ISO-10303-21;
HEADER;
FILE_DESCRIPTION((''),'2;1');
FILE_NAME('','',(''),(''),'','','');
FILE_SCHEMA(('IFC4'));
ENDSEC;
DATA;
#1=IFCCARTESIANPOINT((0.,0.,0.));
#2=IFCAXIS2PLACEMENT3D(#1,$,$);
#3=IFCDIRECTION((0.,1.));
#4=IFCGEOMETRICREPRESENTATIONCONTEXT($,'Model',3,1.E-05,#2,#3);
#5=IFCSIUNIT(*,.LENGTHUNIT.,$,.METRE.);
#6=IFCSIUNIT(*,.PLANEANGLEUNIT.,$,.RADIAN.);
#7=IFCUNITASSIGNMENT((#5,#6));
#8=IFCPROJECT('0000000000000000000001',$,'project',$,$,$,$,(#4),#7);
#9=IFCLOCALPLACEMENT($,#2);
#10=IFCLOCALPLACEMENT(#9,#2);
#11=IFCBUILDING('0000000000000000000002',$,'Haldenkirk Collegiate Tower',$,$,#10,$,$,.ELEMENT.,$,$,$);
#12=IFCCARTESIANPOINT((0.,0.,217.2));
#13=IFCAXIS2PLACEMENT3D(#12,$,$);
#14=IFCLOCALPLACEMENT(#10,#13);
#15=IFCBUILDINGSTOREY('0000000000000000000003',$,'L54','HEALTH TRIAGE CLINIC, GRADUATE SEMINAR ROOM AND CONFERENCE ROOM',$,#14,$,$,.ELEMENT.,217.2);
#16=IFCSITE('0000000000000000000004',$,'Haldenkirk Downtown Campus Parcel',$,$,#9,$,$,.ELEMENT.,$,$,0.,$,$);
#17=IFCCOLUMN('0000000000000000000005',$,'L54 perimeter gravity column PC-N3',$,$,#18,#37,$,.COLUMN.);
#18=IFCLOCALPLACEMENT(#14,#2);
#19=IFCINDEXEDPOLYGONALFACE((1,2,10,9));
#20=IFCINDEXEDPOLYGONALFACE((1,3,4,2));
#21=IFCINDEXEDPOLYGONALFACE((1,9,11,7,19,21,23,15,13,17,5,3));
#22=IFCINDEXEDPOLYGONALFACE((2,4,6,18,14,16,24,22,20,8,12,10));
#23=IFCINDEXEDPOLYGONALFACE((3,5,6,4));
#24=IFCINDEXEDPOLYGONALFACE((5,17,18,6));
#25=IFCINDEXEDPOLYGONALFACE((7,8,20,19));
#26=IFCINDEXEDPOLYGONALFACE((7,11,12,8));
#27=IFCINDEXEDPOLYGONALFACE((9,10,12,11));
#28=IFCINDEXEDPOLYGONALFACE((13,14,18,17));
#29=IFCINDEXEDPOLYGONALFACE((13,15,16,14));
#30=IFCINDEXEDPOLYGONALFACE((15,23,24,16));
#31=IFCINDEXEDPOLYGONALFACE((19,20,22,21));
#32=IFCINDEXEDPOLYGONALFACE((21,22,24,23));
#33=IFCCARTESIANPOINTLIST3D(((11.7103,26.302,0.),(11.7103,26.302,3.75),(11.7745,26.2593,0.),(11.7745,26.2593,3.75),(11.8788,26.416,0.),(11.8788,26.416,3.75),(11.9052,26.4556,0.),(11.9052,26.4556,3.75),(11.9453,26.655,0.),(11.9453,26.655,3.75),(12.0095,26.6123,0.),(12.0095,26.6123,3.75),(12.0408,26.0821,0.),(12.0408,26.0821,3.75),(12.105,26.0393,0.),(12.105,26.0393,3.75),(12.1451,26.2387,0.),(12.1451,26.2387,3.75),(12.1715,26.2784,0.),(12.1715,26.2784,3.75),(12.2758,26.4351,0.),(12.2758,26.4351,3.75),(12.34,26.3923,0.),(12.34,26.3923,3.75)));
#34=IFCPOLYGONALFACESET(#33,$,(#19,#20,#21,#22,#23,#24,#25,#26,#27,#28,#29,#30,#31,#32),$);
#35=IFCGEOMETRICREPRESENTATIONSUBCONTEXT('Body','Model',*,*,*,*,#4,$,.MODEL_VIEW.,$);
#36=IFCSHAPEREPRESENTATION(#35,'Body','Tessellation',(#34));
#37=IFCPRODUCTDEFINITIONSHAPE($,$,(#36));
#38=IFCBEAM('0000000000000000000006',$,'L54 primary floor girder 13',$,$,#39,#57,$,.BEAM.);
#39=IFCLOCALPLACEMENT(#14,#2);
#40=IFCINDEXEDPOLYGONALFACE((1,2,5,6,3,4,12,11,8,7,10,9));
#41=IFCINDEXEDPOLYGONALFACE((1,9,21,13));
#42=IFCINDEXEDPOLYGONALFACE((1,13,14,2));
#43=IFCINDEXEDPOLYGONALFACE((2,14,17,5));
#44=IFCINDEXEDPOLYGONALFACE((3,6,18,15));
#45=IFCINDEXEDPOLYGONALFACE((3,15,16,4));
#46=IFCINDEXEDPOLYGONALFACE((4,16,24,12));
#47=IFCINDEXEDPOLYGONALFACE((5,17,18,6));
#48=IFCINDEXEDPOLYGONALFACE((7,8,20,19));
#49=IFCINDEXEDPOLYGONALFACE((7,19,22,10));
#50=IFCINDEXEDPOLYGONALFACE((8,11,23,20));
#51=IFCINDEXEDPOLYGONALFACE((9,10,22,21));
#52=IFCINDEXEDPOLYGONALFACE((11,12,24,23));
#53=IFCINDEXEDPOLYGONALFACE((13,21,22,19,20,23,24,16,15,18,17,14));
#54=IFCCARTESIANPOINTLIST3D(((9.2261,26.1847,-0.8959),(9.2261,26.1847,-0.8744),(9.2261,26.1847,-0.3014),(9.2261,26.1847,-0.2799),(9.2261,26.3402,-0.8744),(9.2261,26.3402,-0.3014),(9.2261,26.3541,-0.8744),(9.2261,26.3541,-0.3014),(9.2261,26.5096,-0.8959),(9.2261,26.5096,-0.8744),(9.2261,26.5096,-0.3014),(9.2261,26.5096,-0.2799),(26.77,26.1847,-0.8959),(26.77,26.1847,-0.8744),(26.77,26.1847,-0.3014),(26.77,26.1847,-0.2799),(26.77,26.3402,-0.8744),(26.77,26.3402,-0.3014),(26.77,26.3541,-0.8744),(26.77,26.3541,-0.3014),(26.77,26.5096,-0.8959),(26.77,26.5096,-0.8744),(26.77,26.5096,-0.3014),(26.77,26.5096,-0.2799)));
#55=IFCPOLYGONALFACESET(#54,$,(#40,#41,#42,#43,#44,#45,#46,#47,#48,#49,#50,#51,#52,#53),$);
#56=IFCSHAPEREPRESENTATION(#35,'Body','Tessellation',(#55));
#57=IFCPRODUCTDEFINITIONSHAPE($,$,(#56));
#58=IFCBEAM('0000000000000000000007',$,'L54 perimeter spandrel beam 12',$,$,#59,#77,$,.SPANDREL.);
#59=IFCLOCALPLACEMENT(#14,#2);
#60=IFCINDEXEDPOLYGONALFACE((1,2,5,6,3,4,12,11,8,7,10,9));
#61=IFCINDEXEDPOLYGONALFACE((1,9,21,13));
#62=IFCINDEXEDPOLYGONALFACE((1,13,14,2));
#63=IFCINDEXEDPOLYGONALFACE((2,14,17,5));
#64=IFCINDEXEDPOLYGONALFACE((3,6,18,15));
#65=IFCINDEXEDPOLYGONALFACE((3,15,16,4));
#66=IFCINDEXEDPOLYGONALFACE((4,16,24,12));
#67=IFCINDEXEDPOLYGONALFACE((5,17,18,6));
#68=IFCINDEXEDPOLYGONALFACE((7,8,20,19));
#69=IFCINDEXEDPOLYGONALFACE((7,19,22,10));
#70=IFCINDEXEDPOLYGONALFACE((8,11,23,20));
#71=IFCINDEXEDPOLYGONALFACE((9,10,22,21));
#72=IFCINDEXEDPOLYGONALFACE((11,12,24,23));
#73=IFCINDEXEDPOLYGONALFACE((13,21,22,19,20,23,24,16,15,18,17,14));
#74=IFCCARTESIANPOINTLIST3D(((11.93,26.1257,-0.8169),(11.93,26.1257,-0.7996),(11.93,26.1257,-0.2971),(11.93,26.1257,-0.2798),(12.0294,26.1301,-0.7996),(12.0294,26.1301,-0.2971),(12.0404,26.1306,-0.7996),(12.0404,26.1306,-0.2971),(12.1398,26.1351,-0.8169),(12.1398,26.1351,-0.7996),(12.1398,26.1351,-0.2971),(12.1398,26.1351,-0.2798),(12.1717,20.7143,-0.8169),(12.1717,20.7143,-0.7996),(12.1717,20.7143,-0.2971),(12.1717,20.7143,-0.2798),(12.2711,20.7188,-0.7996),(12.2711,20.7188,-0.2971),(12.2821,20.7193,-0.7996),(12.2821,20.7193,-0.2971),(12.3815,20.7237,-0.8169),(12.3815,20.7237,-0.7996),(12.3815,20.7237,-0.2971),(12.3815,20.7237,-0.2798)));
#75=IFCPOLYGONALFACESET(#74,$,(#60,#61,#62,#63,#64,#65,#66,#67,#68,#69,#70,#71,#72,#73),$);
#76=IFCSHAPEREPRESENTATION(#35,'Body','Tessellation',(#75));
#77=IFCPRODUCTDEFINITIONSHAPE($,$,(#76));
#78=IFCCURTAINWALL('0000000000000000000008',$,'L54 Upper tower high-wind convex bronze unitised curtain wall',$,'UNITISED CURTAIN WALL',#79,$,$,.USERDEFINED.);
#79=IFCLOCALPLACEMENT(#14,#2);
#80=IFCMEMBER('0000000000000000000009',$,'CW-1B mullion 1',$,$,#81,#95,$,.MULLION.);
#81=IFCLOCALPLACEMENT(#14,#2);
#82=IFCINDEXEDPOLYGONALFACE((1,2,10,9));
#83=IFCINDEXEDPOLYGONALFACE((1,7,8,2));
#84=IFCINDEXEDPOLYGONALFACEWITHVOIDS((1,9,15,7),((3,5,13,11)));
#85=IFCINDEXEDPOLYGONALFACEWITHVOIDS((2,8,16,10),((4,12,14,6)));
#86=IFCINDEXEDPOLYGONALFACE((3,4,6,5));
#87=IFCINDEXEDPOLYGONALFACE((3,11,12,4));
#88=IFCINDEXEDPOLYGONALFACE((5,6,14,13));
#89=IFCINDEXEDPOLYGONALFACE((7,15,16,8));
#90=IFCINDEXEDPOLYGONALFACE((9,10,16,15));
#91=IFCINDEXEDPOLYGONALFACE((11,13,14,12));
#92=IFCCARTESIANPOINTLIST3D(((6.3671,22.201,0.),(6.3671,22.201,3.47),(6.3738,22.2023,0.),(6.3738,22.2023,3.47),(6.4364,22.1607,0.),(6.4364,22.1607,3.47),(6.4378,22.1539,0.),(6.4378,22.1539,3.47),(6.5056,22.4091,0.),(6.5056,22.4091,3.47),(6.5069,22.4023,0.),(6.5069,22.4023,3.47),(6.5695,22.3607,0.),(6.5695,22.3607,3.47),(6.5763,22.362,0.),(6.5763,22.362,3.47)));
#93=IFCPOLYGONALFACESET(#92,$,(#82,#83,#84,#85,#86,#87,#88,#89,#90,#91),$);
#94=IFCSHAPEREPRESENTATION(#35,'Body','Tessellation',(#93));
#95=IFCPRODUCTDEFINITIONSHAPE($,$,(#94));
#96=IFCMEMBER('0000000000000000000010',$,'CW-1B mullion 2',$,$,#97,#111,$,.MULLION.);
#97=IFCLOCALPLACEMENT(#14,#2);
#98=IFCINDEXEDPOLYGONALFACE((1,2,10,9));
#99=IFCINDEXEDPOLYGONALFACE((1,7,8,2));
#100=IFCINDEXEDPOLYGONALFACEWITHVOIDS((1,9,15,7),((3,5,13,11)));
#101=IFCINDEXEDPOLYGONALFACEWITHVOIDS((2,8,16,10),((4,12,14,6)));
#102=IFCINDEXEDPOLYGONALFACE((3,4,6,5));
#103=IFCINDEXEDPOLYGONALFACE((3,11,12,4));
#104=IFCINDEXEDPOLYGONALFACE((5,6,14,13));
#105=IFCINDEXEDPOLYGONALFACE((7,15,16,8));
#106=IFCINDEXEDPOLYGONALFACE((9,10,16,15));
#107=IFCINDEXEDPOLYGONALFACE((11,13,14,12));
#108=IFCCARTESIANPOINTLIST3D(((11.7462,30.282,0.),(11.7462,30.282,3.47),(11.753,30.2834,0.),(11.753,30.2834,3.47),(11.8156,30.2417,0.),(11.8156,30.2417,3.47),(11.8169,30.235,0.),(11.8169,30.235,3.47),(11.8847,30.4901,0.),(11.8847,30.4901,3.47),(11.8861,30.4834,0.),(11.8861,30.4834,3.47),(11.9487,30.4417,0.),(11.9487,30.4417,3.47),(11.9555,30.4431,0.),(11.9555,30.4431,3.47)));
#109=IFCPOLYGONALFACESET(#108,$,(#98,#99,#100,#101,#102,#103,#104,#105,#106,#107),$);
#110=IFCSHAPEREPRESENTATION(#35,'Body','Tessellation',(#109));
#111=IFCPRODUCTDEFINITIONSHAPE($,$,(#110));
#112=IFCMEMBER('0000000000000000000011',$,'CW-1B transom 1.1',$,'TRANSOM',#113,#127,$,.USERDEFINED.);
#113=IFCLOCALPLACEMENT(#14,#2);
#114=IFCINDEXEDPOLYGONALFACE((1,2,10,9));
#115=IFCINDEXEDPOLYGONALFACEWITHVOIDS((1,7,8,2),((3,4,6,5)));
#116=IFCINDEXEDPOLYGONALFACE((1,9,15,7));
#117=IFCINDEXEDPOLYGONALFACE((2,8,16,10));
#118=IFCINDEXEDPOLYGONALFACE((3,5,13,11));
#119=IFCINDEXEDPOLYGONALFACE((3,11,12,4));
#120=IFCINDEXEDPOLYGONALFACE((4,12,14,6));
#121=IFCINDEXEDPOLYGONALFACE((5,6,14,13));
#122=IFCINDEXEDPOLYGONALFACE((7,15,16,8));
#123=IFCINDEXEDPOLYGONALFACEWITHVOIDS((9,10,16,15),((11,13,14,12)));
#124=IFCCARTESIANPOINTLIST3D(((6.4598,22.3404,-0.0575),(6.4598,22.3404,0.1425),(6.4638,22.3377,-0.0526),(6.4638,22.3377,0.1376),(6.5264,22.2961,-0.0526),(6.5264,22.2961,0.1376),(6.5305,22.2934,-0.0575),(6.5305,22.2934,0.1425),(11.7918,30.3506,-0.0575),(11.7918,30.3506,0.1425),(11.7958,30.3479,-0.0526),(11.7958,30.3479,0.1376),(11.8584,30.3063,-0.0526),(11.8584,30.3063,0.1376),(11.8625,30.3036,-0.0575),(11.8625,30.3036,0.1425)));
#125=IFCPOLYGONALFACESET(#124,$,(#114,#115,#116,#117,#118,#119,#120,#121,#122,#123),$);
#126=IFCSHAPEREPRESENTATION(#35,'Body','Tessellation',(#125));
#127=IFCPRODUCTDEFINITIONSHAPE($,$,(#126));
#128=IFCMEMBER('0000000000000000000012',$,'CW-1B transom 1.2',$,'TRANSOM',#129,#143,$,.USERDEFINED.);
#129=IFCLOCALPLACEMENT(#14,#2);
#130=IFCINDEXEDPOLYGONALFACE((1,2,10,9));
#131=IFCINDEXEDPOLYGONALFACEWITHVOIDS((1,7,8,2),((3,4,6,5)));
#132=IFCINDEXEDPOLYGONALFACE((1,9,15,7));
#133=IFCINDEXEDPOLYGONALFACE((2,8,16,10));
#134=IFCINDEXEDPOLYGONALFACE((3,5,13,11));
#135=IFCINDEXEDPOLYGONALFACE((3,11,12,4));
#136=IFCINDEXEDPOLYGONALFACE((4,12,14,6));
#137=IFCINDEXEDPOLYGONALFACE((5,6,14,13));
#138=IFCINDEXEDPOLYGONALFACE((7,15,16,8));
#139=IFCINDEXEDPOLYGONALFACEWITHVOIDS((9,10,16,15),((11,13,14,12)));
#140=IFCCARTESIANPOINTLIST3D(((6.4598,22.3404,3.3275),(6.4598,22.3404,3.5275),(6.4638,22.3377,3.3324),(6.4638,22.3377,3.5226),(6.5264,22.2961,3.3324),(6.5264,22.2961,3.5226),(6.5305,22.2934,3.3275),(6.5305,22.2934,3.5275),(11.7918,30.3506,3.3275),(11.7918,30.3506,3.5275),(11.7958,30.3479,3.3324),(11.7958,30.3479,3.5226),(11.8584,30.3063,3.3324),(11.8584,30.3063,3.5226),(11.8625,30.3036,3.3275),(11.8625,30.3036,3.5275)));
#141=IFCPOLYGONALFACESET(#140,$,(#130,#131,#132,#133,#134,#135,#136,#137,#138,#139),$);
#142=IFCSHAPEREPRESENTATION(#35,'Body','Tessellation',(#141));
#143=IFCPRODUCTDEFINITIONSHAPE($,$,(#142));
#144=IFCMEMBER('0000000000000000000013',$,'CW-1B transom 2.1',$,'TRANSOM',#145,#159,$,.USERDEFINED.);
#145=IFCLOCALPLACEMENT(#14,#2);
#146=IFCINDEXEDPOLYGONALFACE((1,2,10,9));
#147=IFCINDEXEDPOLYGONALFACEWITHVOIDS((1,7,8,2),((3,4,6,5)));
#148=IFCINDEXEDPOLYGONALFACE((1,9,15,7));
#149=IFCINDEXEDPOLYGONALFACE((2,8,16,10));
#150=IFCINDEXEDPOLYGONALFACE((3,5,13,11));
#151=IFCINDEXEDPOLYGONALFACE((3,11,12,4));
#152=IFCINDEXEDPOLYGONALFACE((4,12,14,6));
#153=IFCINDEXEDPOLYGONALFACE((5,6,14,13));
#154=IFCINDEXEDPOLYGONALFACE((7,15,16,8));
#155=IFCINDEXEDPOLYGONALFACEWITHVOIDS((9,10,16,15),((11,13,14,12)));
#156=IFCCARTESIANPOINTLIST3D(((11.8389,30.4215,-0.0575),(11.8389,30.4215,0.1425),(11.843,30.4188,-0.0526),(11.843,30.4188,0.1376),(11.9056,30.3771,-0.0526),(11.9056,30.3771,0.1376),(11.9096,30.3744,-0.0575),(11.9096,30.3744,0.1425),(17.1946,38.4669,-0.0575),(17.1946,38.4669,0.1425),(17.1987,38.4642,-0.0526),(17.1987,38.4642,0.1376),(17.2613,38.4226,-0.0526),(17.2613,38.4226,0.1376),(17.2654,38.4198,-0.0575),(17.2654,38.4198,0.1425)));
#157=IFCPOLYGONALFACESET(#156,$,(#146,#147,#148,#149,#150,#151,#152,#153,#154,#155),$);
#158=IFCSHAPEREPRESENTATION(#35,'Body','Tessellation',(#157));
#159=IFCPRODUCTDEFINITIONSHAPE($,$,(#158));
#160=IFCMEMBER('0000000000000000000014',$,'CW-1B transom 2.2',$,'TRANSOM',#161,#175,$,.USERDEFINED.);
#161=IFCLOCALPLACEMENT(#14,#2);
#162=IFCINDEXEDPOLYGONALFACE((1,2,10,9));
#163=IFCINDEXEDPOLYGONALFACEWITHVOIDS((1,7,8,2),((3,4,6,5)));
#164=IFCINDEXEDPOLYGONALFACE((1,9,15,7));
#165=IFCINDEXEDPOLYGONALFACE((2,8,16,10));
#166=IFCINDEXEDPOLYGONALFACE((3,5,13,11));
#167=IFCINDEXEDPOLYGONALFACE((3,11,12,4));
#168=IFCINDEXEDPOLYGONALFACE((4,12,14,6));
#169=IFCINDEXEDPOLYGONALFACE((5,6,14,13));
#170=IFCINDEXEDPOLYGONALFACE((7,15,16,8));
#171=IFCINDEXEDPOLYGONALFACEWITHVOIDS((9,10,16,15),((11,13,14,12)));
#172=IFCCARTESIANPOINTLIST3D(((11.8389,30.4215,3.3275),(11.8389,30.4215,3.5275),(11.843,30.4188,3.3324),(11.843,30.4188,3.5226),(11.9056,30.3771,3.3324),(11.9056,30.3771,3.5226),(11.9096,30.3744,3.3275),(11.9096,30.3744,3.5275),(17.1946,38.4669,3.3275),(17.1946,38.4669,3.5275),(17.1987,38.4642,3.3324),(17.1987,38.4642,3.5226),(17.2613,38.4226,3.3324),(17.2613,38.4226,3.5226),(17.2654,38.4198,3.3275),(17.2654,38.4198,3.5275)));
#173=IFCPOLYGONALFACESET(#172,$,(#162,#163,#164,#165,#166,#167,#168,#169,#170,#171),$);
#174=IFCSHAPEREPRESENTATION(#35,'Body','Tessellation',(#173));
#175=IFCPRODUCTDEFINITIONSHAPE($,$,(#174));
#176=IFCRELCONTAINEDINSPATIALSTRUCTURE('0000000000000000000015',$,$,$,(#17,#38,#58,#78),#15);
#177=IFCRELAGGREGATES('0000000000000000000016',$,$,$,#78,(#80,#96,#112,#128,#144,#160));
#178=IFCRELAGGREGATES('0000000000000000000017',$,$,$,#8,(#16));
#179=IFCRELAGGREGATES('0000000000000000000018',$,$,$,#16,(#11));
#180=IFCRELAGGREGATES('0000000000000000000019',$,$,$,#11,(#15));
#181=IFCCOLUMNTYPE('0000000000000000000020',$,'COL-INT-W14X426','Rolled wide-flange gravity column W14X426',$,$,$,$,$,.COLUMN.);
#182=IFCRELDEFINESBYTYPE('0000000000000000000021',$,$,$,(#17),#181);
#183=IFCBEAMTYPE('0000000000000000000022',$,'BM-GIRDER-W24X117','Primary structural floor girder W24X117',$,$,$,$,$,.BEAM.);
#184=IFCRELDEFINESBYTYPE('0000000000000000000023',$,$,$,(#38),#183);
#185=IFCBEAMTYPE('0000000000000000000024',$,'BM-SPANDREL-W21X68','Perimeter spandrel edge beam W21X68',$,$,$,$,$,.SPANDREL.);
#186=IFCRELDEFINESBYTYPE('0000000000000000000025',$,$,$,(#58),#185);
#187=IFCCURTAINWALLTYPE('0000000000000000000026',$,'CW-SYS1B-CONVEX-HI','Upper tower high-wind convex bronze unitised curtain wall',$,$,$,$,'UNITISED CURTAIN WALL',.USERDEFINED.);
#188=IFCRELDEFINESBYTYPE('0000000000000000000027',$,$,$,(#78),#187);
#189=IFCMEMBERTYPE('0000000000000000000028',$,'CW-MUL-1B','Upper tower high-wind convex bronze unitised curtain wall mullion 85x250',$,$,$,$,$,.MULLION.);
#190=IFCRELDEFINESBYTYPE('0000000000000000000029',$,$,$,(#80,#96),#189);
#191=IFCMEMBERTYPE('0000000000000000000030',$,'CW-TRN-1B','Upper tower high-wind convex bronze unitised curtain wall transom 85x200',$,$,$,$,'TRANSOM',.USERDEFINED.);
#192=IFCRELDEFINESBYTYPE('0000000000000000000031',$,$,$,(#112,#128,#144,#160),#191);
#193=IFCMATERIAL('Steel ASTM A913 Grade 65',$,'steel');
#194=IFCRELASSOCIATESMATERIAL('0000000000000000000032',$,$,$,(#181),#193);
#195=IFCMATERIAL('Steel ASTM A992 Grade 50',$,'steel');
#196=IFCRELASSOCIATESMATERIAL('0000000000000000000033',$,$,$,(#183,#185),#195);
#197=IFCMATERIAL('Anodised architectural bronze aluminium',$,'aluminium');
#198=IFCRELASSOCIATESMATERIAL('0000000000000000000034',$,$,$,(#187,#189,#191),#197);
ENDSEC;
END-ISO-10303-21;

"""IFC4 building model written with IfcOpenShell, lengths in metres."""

from ifc_helpers import new_model, si_unit, direction, frame, origin, origin_2d, place, context, subcontext, project, spatial, hollow_rectangle, i_section, extrude, material, material_profile, profile_set, type_object, element, aggregate, save


model = new_model("IFC4")

# Units and contexts
model_context = context("Model", 3, precision=1e-05, world=origin(), true_north=direction((0.0, 1.0)))
body_context = subcontext(model_context, "Body", "Model", "MODEL_VIEW")
ifc_project = project(units=[si_unit("LENGTHUNIT", "METRE"), si_unit("PLANEANGLEUNIT", "RADIAN")], contexts=[model_context])

# Site, building, storey
site_placement = place(None, origin())
site = spatial("IfcSite", under=ifc_project, at=site_placement, Name="Haldenkirk Downtown Campus Parcel", CompositionType="ELEMENT", RefElevation=0.0)
building_placement = place(site_placement, origin())
building = spatial("IfcBuilding", under=site, at=building_placement, Name="Haldenkirk Collegiate Tower", CompositionType="ELEMENT")
storey_placement = place(building_placement, frame((0.0, 0.0, 217.2)))
storey = spatial("IfcBuildingStorey", under=building, at=storey_placement, Name="L54", Description="HEALTH TRIAGE CLINIC, GRADUATE SEMINAR ROOM AND CONFERENCE ROOM", CompositionType="ELEMENT", Elevation=217.2)

# Column
ifc_material_1 = material(Name="Steel ASTM A913 Grade 65", Category="steel")
ifc_material_profile_1 = material_profile(ifc_material_1, i_section(OverallWidth=0.4241, OverallDepth=0.4741, WebThickness=0.0476, FlangeThickness=0.0771, at=origin_2d()), Name="W14X426")
ifc_profile_set_1 = profile_set([ifc_material_profile_1], Name="Steel ASTM A913 Grade 65")
column_type = type_object("IfcColumnType", Name="COL-INT-W14X426", Description="Rolled wide-flange gravity column W14X426", PredefinedType="COLUMN", material=ifc_profile_set_1)
column_placement = place(storey_placement, frame((12.0251, 26.3472, 0.0), z_axis=(0.0, 0.0, 1.0), x_axis=(0.554118, 0.832438, 0.0)))
element("IfcColumn", 1, at=column_placement, inside=storey, type_object=column_type, Name="L54 perimeter gravity column PC-N3", PredefinedType="COLUMN", context=body_context, shape_type="SweptSolid", body=[
    extrude(i_section(OverallWidth=0.4241, OverallDepth=0.4741, WebThickness=0.0476, FlangeThickness=0.0771, at=origin_2d()), origin(), (0.0, 0.0, 1.0), 3.75),
])

# Beams
ifc_material_2 = material(Name="Steel ASTM A992 Grade 50", Category="steel")
ifc_material_profile_2 = material_profile(ifc_material_2, i_section(OverallWidth=0.325, OverallDepth=0.616, WebThickness=0.0139, FlangeThickness=0.0215, at=origin_2d()), Name="W24X117")
ifc_profile_set_2 = profile_set([ifc_material_profile_2], Name="Steel ASTM A992 Grade 50")
beam_type_1 = type_object("IfcBeamType", Name="BM-GIRDER-W24X117", Description="Primary structural floor girder W24X117", PredefinedType="BEAM", material=ifc_profile_set_2)
beam_1_placement = place(storey_placement, frame((9.2261, 26.3472, -0.5879), z_axis=(1.0, 0.0, 0.0), x_axis=(0.0, 1.0, 0.0)))
element("IfcBeam", 2, at=beam_1_placement, inside=storey, type_object=beam_type_1, Name="L54 primary floor girder 13", PredefinedType="BEAM", context=body_context, shape_type="SweptSolid", body=[
    extrude(i_section(OverallWidth=0.325, OverallDepth=0.616, WebThickness=0.0139, FlangeThickness=0.0215, at=origin_2d()), origin(), (0.0, 0.0, 1.0), 17.5439),
])
ifc_material_profile_3 = material_profile(ifc_material_2, i_section(OverallWidth=0.21, OverallDepth=0.5371, WebThickness=0.011, FlangeThickness=0.0173, at=origin_2d()), Name="W21X68")
ifc_profile_set_3 = profile_set([ifc_material_profile_3], Name="Steel ASTM A992 Grade 50")
beam_type_2 = type_object("IfcBeamType", Name="BM-SPANDREL-W21X68", Description="Perimeter spandrel edge beam W21X68", PredefinedType="SPANDREL", material=ifc_profile_set_3)
beam_2_placement = place(storey_placement, frame((12.0349, 26.1304, -0.5483), z_axis=(0.044621, -0.999004, 0.0), x_axis=(0.999004, 0.044621, 0.0)))
element("IfcBeam", 3, at=beam_2_placement, inside=storey, type_object=beam_type_2, Name="L54 perimeter spandrel beam 12", PredefinedType="SPANDREL", context=body_context, shape_type="SweptSolid", body=[
    extrude(i_section(OverallWidth=0.21, OverallDepth=0.5371, WebThickness=0.011, FlangeThickness=0.0173, at=origin_2d()), origin(), (0.0, 0.0, 1.0), 5.4167),
])

# Curtain wall, members
ifc_material_3 = material(Name="Anodised architectural bronze aluminium", Category="aluminium")
curtain_wall_type = type_object("IfcCurtainWallType", Name="CW-SYS1B-CONVEX-HI", Description="Upper tower high-wind convex bronze unitised curtain wall", ElementType="UNITISED CURTAIN WALL", PredefinedType="USERDEFINED", material=ifc_material_3)
curtain_wall_placement = place(storey_placement, origin())
curtain_wall = element("IfcCurtainWall", 4, at=curtain_wall_placement, inside=storey, type_object=curtain_wall_type, Name="L54 Upper tower high-wind convex bronze unitised curtain wall", ObjectType="UNITISED CURTAIN WALL", PredefinedType="USERDEFINED")
ifc_material_profile_4 = material_profile(ifc_material_3, hollow_rectangle(XDim=0.085, YDim=0.25, WallThickness=0.0049, at=origin_2d()), Name="CW-MUL-1B")
ifc_profile_set_4 = profile_set([ifc_material_profile_4], Name="Anodised architectural bronze aluminium")
member_type_1 = type_object("IfcMemberType", Name="CW-MUL-1B", Description="Upper tower high-wind convex bronze unitised curtain wall mullion 85x250", PredefinedType="MULLION", material=ifc_profile_set_4)
member_1_placement = place(storey_placement, frame((6.4717, 22.2815, 0.0), z_axis=(0.0, 0.0, 1.0), x_axis=(-0.832437, 0.55412, 0.0)))
member_1 = element("IfcMember", 5, at=member_1_placement, type_object=member_type_1, Name="CW-1B mullion 1", PredefinedType="MULLION", context=body_context, shape_type="SweptSolid", body=[
    extrude(hollow_rectangle(XDim=0.085, YDim=0.25, WallThickness=0.0049, at=origin_2d()), origin(), (0.0, 0.0, 1.0), 3.47),
])
member_2_placement = place(storey_placement, frame((11.8508, 30.3625, 0.0), z_axis=(0.0, 0.0, 1.0), x_axis=(-0.832437, 0.55412, 0.0)))
member_2 = element("IfcMember", 6, at=member_2_placement, type_object=member_type_1, Name="CW-1B mullion 2", PredefinedType="MULLION", context=body_context, shape_type="SweptSolid", body=[
    extrude(hollow_rectangle(XDim=0.085, YDim=0.25, WallThickness=0.0049, at=origin_2d()), origin(), (0.0, 0.0, 1.0), 3.47),
])
ifc_material_profile_5 = material_profile(ifc_material_3, hollow_rectangle(XDim=0.085, YDim=0.2, WallThickness=0.0049, at=origin_2d()), Name="CW-TRN-1B")
ifc_profile_set_5 = profile_set([ifc_material_profile_5], Name="Anodised architectural bronze aluminium")
member_type_2 = type_object("IfcMemberType", Name="CW-TRN-1B", Description="Upper tower high-wind convex bronze unitised curtain wall transom 85x200", ElementType="TRANSOM", PredefinedType="USERDEFINED", material=ifc_profile_set_5)
member_3_placement = place(storey_placement, frame((6.4951, 22.3169, 0.0425), z_axis=(0.554115, 0.83244, 0.0), x_axis=(-0.83244, 0.554115, 0.0)))
member_3 = element("IfcMember", 7, at=member_3_placement, type_object=member_type_2, Name="CW-1B transom 1.1", ObjectType="TRANSOM", PredefinedType="USERDEFINED", context=body_context, shape_type="SweptSolid", body=[
    extrude(hollow_rectangle(XDim=0.085, YDim=0.2, WallThickness=0.0049, at=origin_2d()), origin(), (0.0, 0.0, 1.0), 9.6226),
])
member_4_placement = place(storey_placement, frame((6.4951, 22.3169, 3.4275), z_axis=(0.554115, 0.83244, 0.0), x_axis=(-0.83244, 0.554115, 0.0)))
member_4 = element("IfcMember", 8, at=member_4_placement, type_object=member_type_2, Name="CW-1B transom 1.2", ObjectType="TRANSOM", PredefinedType="USERDEFINED", context=body_context, shape_type="SweptSolid", body=[
    extrude(hollow_rectangle(XDim=0.085, YDim=0.2, WallThickness=0.0049, at=origin_2d()), origin(), (0.0, 0.0, 1.0), 9.6226),
])
member_5_placement = place(storey_placement, frame((11.8743, 30.3979, 0.0425), z_axis=(0.554135, 0.832427, 0.0), x_axis=(-0.832427, 0.554135, 0.0)))
member_5 = element("IfcMember", 9, at=member_5_placement, type_object=member_type_2, Name="CW-1B transom 2.1", ObjectType="TRANSOM", PredefinedType="USERDEFINED", context=body_context, shape_type="SweptSolid", body=[
    extrude(hollow_rectangle(XDim=0.085, YDim=0.2, WallThickness=0.0049, at=origin_2d()), origin(), (0.0, 0.0, 1.0), 9.665),
])
member_6_placement = place(storey_placement, frame((11.8743, 30.3979, 3.4275), z_axis=(0.554135, 0.832427, 0.0), x_axis=(-0.832427, 0.554135, 0.0)))
member_6 = element("IfcMember", 10, at=member_6_placement, type_object=member_type_2, Name="CW-1B transom 2.2", ObjectType="TRANSOM", PredefinedType="USERDEFINED", context=body_context, shape_type="SweptSolid", body=[
    extrude(hollow_rectangle(XDim=0.085, YDim=0.2, WallThickness=0.0049, at=origin_2d()), origin(), (0.0, 0.0, 1.0), 9.665),
])

aggregate(curtain_wall, [member_1, member_2, member_3, member_4, member_5, member_6])

save(model, "model.ifc")
